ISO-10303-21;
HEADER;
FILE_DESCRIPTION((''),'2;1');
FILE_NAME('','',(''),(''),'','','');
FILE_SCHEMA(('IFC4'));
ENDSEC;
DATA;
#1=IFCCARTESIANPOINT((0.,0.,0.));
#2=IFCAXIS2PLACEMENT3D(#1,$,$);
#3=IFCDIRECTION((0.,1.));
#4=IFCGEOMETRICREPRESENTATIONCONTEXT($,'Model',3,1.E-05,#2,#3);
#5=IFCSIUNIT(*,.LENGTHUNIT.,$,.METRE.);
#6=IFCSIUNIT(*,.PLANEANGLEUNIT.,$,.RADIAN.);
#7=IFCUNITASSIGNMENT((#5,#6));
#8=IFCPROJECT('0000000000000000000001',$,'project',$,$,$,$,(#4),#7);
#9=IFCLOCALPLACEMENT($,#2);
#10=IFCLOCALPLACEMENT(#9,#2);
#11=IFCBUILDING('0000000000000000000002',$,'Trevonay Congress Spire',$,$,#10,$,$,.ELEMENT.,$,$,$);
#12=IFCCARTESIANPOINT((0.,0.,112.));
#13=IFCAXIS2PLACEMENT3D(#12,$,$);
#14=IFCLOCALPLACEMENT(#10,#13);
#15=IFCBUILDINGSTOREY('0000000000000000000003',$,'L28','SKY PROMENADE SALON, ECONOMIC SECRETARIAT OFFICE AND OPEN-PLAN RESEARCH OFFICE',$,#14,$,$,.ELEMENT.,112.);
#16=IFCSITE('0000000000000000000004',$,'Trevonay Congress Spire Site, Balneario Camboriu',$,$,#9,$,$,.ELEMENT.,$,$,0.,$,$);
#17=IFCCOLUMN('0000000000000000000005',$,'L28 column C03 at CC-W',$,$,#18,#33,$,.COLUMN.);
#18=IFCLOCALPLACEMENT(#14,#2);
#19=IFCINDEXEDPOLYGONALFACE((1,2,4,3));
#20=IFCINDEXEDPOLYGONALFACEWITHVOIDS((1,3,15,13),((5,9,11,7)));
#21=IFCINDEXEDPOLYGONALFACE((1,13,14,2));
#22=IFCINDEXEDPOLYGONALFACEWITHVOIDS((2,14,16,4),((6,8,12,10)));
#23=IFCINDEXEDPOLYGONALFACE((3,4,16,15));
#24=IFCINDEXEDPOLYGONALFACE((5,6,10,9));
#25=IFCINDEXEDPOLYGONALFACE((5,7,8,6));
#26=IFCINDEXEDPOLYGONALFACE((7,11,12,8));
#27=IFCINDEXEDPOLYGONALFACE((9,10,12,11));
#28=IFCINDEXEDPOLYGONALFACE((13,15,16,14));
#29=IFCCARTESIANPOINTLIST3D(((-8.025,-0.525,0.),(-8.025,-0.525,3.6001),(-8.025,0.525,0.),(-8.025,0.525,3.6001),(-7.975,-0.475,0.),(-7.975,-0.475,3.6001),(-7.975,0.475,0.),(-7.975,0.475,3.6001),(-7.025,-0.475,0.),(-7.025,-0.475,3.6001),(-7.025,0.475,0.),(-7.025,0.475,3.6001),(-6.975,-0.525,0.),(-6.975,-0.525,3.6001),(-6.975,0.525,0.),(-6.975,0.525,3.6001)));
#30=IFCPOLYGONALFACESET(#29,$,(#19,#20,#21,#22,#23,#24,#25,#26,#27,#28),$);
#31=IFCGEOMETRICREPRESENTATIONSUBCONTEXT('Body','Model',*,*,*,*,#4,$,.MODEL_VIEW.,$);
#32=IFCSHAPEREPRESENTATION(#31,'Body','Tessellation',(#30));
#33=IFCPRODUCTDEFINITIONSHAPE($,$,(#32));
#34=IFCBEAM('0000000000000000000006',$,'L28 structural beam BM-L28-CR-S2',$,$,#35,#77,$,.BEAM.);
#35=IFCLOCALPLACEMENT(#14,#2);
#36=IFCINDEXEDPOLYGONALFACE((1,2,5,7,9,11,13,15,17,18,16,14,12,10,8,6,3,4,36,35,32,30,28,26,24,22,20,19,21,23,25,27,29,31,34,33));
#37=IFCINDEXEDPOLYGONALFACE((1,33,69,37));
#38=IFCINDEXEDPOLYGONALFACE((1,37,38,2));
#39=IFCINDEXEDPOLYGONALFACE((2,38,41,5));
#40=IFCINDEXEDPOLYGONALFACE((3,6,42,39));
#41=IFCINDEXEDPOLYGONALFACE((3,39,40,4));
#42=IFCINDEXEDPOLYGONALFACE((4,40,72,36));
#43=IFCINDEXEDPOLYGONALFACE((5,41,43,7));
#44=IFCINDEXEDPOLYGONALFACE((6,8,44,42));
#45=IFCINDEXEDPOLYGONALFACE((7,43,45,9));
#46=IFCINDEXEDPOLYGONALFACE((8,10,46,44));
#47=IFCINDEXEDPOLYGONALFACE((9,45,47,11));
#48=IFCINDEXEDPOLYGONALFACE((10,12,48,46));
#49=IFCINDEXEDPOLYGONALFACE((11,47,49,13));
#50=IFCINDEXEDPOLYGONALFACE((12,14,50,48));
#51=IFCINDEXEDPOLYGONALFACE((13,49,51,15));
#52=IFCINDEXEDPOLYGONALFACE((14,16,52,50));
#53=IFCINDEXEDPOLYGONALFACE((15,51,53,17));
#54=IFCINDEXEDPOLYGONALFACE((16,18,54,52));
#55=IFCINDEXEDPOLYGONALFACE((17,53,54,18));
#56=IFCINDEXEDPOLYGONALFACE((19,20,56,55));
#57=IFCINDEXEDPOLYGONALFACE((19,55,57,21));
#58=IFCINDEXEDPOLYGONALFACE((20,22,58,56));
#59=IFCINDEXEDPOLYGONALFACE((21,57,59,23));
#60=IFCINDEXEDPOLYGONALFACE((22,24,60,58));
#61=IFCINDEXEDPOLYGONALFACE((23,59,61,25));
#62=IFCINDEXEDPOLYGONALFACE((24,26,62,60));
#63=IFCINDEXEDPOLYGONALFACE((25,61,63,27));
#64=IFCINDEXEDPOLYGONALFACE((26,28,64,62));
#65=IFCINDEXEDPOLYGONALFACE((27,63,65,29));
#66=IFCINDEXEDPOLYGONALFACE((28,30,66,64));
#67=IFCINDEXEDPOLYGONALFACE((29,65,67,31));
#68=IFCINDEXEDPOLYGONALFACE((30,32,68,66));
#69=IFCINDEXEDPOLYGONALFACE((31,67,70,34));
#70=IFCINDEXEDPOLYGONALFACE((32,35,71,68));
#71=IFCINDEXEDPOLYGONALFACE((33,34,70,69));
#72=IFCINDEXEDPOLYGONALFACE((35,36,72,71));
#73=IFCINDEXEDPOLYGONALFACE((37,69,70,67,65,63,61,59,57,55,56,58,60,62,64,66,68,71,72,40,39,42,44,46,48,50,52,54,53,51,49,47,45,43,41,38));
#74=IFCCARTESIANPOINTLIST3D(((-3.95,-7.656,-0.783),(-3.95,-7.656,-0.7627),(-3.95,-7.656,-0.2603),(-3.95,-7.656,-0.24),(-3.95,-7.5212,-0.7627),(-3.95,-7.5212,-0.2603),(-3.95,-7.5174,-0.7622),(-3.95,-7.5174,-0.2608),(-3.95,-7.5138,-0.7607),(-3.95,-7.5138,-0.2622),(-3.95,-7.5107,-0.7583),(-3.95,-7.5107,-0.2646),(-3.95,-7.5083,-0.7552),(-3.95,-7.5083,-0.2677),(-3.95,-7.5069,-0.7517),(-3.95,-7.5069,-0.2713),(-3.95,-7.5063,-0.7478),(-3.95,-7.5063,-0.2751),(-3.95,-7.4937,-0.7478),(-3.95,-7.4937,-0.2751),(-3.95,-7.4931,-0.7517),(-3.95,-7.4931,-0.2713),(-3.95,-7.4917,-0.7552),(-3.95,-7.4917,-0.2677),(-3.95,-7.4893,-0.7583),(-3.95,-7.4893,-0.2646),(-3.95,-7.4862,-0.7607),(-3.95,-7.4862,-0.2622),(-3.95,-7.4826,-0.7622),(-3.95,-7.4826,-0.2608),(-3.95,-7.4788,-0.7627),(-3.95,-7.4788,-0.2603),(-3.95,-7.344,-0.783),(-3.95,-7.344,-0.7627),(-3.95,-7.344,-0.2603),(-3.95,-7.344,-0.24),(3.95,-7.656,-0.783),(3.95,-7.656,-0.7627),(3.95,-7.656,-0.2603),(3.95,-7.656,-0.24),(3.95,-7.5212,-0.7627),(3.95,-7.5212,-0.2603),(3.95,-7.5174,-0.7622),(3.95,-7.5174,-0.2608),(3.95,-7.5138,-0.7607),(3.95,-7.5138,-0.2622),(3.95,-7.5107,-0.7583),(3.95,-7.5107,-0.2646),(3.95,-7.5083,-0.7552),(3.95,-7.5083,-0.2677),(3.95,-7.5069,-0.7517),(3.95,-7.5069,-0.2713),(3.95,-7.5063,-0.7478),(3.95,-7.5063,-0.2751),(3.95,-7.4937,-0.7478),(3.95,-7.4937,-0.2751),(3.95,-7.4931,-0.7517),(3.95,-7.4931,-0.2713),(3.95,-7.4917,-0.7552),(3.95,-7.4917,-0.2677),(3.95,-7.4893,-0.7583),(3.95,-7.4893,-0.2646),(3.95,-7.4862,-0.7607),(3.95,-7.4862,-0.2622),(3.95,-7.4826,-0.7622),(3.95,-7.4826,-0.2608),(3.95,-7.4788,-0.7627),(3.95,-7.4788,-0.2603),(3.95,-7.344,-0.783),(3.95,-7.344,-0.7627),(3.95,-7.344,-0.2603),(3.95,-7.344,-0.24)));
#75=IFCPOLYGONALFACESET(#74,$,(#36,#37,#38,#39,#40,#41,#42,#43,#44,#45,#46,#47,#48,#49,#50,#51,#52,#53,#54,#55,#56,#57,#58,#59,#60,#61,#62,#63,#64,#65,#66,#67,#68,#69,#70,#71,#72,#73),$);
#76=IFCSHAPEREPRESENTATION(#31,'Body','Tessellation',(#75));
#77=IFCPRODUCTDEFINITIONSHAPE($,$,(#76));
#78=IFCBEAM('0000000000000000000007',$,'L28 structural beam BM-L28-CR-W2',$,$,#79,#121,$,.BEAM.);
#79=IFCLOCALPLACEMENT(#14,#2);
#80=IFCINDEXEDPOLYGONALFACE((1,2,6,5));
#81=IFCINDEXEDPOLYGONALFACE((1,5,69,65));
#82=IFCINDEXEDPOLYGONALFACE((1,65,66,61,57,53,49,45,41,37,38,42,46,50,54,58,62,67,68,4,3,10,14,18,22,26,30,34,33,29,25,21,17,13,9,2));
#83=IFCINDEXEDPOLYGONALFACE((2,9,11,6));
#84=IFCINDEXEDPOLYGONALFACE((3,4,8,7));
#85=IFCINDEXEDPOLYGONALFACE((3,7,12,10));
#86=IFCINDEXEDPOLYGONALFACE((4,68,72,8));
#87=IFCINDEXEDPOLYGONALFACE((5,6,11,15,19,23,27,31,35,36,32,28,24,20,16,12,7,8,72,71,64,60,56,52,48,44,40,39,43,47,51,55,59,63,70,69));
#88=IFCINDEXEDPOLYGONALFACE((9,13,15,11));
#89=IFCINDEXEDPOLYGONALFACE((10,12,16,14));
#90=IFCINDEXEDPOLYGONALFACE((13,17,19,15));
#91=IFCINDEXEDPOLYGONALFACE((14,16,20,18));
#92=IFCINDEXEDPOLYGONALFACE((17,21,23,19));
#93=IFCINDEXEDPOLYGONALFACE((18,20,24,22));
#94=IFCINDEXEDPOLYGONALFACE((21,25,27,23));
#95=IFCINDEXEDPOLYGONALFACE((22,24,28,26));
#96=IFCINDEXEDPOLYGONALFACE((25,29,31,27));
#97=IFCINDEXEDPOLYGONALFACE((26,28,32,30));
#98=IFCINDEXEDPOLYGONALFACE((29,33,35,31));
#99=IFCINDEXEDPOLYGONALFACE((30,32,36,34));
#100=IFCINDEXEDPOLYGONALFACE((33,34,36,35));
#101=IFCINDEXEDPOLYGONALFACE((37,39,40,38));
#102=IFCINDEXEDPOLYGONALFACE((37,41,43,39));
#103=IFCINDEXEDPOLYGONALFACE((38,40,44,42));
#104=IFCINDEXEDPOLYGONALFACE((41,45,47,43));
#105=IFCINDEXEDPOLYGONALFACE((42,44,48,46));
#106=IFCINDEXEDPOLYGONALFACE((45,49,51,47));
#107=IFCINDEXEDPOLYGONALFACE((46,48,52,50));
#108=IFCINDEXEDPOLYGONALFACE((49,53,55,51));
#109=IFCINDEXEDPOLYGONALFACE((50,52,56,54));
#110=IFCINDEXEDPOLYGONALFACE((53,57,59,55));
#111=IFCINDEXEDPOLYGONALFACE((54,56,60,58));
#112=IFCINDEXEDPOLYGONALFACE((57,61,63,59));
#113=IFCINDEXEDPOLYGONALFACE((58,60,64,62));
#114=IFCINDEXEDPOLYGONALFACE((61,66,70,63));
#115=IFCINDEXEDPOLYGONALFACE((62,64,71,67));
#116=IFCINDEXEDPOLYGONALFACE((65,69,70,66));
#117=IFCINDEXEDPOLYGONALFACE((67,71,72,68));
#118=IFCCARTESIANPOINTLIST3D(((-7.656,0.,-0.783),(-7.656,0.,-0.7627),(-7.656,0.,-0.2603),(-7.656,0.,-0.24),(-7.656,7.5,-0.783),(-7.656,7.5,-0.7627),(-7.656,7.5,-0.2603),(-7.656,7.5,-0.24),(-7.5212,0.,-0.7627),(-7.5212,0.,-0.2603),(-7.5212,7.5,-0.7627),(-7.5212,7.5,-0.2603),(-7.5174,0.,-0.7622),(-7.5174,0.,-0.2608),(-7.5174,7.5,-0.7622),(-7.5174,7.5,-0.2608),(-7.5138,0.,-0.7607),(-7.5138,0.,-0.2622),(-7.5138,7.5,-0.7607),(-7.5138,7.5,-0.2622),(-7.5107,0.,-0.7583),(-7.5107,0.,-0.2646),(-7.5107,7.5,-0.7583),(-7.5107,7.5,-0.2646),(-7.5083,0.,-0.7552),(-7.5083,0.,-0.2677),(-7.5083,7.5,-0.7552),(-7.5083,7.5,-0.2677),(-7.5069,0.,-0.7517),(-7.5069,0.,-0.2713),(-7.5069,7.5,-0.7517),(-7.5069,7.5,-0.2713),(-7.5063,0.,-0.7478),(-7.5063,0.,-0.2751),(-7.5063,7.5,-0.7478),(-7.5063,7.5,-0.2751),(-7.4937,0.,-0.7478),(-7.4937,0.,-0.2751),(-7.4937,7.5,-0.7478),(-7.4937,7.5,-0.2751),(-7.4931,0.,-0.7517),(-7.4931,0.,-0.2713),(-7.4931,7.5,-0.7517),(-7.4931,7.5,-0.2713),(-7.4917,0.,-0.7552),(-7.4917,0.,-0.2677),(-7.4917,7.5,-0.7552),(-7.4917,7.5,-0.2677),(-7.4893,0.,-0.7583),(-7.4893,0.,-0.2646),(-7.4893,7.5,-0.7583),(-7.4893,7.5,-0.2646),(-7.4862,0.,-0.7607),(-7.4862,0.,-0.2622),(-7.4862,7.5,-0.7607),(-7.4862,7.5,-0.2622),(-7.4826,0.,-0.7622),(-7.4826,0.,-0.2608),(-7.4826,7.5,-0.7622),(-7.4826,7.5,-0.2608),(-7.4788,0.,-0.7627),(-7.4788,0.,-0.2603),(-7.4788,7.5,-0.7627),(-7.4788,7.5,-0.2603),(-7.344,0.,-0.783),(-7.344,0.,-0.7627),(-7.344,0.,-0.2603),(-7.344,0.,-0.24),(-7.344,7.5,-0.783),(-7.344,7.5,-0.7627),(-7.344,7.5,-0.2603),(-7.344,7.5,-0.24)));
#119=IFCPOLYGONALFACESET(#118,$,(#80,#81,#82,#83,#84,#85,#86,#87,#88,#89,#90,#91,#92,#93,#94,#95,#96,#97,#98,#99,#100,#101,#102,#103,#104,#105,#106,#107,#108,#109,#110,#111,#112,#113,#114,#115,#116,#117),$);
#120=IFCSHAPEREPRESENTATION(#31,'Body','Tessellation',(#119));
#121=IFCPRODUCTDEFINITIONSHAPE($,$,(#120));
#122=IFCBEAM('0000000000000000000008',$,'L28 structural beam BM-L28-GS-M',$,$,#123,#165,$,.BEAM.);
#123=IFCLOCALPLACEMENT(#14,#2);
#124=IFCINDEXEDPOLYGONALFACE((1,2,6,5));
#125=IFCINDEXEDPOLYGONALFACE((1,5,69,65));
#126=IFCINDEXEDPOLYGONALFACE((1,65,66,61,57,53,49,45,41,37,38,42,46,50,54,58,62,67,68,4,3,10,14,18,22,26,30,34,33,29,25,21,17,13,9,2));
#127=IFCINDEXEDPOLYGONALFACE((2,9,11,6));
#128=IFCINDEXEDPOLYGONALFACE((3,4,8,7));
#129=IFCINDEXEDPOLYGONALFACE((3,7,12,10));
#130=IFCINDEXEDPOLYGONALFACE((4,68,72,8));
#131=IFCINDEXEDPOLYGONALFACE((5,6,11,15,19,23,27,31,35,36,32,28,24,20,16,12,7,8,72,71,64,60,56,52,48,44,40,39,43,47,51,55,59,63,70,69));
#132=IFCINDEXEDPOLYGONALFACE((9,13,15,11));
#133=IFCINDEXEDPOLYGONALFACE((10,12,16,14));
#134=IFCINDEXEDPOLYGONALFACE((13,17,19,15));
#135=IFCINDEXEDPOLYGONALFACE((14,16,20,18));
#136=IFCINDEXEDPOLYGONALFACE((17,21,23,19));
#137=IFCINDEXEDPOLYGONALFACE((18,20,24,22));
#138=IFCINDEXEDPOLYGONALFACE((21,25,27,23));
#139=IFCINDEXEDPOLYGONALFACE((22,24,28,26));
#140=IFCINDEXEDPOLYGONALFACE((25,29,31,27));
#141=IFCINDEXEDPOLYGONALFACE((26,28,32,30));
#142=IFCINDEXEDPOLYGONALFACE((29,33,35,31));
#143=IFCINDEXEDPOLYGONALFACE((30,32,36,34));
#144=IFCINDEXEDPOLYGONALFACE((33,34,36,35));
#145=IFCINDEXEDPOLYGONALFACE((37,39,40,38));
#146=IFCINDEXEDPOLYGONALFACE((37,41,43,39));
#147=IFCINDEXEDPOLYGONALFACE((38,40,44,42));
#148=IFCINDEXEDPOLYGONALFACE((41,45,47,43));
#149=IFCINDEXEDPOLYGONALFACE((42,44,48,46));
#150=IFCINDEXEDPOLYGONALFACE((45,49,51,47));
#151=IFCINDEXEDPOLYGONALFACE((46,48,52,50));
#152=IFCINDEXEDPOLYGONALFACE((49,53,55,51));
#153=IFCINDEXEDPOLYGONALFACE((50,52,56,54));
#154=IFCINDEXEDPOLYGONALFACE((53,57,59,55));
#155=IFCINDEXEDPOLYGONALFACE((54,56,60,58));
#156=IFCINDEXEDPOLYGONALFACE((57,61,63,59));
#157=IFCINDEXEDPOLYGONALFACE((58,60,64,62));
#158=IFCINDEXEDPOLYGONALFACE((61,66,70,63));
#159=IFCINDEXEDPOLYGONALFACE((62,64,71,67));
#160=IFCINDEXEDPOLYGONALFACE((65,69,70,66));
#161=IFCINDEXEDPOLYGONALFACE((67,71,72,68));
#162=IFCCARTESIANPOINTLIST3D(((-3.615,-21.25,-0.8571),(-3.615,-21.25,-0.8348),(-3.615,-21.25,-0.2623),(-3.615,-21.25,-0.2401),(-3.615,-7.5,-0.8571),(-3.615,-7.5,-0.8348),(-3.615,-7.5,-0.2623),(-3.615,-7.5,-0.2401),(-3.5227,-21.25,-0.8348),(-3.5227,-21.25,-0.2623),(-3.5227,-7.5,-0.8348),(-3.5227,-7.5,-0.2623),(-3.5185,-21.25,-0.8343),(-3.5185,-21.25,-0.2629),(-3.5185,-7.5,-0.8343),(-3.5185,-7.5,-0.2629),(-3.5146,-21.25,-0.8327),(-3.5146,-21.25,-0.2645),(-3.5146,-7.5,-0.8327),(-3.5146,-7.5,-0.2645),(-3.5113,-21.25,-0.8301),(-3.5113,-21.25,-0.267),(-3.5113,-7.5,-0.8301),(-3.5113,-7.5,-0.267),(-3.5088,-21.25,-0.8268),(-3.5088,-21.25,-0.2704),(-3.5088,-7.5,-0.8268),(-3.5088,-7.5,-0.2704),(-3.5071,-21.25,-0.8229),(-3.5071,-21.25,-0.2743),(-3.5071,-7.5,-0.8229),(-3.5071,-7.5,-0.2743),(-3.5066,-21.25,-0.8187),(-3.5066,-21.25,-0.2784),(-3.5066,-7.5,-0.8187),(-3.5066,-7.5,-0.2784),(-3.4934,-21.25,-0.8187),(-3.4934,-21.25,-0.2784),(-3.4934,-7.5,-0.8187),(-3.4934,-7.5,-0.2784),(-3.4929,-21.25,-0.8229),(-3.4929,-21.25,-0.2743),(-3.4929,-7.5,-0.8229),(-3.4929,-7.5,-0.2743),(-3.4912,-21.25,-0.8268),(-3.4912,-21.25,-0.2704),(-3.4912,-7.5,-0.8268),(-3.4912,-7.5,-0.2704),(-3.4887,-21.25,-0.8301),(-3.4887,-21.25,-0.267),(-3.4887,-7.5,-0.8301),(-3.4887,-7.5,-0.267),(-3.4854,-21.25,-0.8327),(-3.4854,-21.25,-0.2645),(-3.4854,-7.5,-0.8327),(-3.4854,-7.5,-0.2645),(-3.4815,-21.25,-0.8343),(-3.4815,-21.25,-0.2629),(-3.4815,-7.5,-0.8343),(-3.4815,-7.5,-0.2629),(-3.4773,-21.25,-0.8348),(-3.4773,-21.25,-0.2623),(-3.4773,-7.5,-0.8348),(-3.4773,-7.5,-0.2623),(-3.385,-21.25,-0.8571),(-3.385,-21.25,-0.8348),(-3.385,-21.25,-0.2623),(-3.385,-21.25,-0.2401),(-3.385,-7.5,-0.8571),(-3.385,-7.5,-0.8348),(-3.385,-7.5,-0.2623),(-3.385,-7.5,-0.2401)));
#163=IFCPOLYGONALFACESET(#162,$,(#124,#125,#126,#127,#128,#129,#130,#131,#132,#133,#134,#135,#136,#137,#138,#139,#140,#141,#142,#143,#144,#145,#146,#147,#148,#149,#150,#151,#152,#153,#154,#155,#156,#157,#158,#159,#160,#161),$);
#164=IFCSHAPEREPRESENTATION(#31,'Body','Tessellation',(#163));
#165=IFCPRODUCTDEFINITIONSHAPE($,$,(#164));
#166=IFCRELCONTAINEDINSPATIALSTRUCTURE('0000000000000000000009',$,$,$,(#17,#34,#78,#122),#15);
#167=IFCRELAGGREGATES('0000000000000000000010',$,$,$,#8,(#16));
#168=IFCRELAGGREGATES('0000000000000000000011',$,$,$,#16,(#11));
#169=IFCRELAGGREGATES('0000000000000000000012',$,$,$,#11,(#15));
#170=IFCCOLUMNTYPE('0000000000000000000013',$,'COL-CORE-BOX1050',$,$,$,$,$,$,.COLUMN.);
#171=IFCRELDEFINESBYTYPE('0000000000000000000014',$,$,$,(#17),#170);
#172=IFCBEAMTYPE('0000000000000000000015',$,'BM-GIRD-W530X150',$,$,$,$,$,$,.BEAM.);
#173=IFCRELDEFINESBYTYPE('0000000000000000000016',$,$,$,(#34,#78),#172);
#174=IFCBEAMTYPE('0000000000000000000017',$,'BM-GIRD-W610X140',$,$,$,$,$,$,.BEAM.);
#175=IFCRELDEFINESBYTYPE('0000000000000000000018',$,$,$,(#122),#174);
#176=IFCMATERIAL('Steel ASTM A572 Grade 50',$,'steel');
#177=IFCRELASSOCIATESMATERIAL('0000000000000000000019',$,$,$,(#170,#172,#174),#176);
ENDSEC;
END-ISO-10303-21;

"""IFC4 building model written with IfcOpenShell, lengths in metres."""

from ifc_helpers import new_model, si_unit, direction, frame, origin, origin_2d, place, context, subcontext, project, spatial, hollow_rectangle, i_section, extrude, material, material_profile, profile_set, type_object, element, save


model = new_model("IFC4")

# Units and contexts
model_context = context("Model", 3, precision=1e-05, world=origin(), true_north=direction((0.0, 1.0)))
body_context = subcontext(model_context, "Body", "Model", "MODEL_VIEW")
ifc_project = project(units=[si_unit("LENGTHUNIT", "METRE"), si_unit("PLANEANGLEUNIT", "RADIAN")], contexts=[model_context])

# Site, building, storey
site_placement = place(None, origin())
site = spatial("IfcSite", under=ifc_project, at=site_placement, Name="Trevonay Congress Spire Site, Balneario Camboriu", CompositionType="ELEMENT", RefElevation=0.0)
building_placement = place(site_placement, origin())
building = spatial("IfcBuilding", under=site, at=building_placement, Name="Trevonay Congress Spire", CompositionType="ELEMENT")
storey_placement = place(building_placement, frame((0.0, 0.0, 112.0)))
storey = spatial("IfcBuildingStorey", under=building, at=storey_placement, Name="L28", Description="SKY PROMENADE SALON, ECONOMIC SECRETARIAT OFFICE AND OPEN-PLAN RESEARCH OFFICE", CompositionType="ELEMENT", Elevation=112.0)

# Column
ifc_material_1 = material(Name="Steel ASTM A572 Grade 50", Category="steel")
ifc_material_profile_1 = material_profile(ifc_material_1, hollow_rectangle(XDim=1.05, YDim=1.05, WallThickness=0.05, at=origin_2d()), Name="BOX 1050x1050x50")
ifc_profile_set_1 = profile_set([ifc_material_profile_1], Name="Steel ASTM A572 Grade 50")
column_type = type_object("IfcColumnType", Name="COL-CORE-BOX1050", PredefinedType="COLUMN", material=ifc_profile_set_1)
column_placement = place(storey_placement, frame((-7.5, 0.0, 0.0), z_axis=(0.0, 0.0, 1.0), x_axis=(1.0, 0.0, 0.0)))
element("IfcColumn", 1, at=column_placement, inside=storey, type_object=column_type, Name="L28 column C03 at CC-W", PredefinedType="COLUMN", context=body_context, shape_type="SweptSolid", body=[
    extrude(hollow_rectangle(XDim=1.05, YDim=1.05, WallThickness=0.05, at=origin_2d()), origin(), (0.0, 0.0, 1.0), 3.6001),
])

# Beams
ifc_material_profile_2 = material_profile(ifc_material_1, i_section(OverallWidth=0.312, OverallDepth=0.543, WebThickness=0.0127, FlangeThickness=0.0203, FilletRadius=0.0149, at=origin_2d()), Name="W530x150")
ifc_profile_set_2 = profile_set([ifc_material_profile_2], Name="Steel ASTM A572 Grade 50")
beam_type_1 = type_object("IfcBeamType", Name="BM-GIRD-W530X150", PredefinedType="BEAM", material=ifc_profile_set_2)
beam_1_placement = place(storey_placement, frame((-3.95, -7.5, -0.5115), z_axis=(1.0, 0.0, 0.0), x_axis=(0.0, 1.0, 0.0)))
element("IfcBeam", 2, at=beam_1_placement, inside=storey, type_object=beam_type_1, Name="L28 structural beam BM-L28-CR-S2", PredefinedType="BEAM", context=body_context, shape_type="SweptSolid", body=[
    extrude(i_section(OverallWidth=0.312, OverallDepth=0.543, WebThickness=0.0127, FlangeThickness=0.0203, FilletRadius=0.0149, at=origin_2d()), origin(), (0.0, 0.0, 1.0), 7.8999),
])
beam_2_placement = place(storey_placement, frame((-7.5, 0.0, -0.5115), z_axis=(0.0, 1.0, 0.0), x_axis=(-1.0, 0.0, 0.0)))
element("IfcBeam", 3, at=beam_2_placement, inside=storey, type_object=beam_type_1, Name="L28 structural beam BM-L28-CR-W2", PredefinedType="BEAM", context=body_context, shape_type="SweptSolid", body=[
    extrude(i_section(OverallWidth=0.312, OverallDepth=0.543, WebThickness=0.0127, FlangeThickness=0.0203, FilletRadius=0.0149, at=origin_2d()), origin(), (0.0, 0.0, 1.0), 7.5),
])
ifc_material_profile_3 = material_profile(ifc_material_1, i_section(OverallWidth=0.23, OverallDepth=0.6169, WebThickness=0.0132, FlangeThickness=0.0222, FilletRadius=0.0161, at=origin_2d()), Name="W610x140")
ifc_profile_set_3 = profile_set([ifc_material_profile_3], Name="Steel ASTM A572 Grade 50")
beam_type_2 = type_object("IfcBeamType", Name="BM-GIRD-W610X140", PredefinedType="BEAM", material=ifc_profile_set_3)
for number, where, z_axis, x_axis, name in (
    (4, (-3.5, -7.5, -0.5486), (0.0, -1.0, 0.0), (1.0, 0.0, 0.0), "L28 structural beam BM-L28-GS-M"),
):
    element("IfcBeam", number, at=place(storey_placement, frame(where, z_axis=z_axis, x_axis=x_axis)), inside=storey, type_object=beam_type_2, Name=name, PredefinedType="BEAM", context=body_context, shape_type="SweptSolid", body=[
        extrude(i_section(OverallWidth=0.23, OverallDepth=0.6169, WebThickness=0.0132, FlangeThickness=0.0222, FilletRadius=0.0161, at=origin_2d()), origin(), (0.0, 0.0, 1.0), 13.75),
    ])

save(model, "model.ifc")
